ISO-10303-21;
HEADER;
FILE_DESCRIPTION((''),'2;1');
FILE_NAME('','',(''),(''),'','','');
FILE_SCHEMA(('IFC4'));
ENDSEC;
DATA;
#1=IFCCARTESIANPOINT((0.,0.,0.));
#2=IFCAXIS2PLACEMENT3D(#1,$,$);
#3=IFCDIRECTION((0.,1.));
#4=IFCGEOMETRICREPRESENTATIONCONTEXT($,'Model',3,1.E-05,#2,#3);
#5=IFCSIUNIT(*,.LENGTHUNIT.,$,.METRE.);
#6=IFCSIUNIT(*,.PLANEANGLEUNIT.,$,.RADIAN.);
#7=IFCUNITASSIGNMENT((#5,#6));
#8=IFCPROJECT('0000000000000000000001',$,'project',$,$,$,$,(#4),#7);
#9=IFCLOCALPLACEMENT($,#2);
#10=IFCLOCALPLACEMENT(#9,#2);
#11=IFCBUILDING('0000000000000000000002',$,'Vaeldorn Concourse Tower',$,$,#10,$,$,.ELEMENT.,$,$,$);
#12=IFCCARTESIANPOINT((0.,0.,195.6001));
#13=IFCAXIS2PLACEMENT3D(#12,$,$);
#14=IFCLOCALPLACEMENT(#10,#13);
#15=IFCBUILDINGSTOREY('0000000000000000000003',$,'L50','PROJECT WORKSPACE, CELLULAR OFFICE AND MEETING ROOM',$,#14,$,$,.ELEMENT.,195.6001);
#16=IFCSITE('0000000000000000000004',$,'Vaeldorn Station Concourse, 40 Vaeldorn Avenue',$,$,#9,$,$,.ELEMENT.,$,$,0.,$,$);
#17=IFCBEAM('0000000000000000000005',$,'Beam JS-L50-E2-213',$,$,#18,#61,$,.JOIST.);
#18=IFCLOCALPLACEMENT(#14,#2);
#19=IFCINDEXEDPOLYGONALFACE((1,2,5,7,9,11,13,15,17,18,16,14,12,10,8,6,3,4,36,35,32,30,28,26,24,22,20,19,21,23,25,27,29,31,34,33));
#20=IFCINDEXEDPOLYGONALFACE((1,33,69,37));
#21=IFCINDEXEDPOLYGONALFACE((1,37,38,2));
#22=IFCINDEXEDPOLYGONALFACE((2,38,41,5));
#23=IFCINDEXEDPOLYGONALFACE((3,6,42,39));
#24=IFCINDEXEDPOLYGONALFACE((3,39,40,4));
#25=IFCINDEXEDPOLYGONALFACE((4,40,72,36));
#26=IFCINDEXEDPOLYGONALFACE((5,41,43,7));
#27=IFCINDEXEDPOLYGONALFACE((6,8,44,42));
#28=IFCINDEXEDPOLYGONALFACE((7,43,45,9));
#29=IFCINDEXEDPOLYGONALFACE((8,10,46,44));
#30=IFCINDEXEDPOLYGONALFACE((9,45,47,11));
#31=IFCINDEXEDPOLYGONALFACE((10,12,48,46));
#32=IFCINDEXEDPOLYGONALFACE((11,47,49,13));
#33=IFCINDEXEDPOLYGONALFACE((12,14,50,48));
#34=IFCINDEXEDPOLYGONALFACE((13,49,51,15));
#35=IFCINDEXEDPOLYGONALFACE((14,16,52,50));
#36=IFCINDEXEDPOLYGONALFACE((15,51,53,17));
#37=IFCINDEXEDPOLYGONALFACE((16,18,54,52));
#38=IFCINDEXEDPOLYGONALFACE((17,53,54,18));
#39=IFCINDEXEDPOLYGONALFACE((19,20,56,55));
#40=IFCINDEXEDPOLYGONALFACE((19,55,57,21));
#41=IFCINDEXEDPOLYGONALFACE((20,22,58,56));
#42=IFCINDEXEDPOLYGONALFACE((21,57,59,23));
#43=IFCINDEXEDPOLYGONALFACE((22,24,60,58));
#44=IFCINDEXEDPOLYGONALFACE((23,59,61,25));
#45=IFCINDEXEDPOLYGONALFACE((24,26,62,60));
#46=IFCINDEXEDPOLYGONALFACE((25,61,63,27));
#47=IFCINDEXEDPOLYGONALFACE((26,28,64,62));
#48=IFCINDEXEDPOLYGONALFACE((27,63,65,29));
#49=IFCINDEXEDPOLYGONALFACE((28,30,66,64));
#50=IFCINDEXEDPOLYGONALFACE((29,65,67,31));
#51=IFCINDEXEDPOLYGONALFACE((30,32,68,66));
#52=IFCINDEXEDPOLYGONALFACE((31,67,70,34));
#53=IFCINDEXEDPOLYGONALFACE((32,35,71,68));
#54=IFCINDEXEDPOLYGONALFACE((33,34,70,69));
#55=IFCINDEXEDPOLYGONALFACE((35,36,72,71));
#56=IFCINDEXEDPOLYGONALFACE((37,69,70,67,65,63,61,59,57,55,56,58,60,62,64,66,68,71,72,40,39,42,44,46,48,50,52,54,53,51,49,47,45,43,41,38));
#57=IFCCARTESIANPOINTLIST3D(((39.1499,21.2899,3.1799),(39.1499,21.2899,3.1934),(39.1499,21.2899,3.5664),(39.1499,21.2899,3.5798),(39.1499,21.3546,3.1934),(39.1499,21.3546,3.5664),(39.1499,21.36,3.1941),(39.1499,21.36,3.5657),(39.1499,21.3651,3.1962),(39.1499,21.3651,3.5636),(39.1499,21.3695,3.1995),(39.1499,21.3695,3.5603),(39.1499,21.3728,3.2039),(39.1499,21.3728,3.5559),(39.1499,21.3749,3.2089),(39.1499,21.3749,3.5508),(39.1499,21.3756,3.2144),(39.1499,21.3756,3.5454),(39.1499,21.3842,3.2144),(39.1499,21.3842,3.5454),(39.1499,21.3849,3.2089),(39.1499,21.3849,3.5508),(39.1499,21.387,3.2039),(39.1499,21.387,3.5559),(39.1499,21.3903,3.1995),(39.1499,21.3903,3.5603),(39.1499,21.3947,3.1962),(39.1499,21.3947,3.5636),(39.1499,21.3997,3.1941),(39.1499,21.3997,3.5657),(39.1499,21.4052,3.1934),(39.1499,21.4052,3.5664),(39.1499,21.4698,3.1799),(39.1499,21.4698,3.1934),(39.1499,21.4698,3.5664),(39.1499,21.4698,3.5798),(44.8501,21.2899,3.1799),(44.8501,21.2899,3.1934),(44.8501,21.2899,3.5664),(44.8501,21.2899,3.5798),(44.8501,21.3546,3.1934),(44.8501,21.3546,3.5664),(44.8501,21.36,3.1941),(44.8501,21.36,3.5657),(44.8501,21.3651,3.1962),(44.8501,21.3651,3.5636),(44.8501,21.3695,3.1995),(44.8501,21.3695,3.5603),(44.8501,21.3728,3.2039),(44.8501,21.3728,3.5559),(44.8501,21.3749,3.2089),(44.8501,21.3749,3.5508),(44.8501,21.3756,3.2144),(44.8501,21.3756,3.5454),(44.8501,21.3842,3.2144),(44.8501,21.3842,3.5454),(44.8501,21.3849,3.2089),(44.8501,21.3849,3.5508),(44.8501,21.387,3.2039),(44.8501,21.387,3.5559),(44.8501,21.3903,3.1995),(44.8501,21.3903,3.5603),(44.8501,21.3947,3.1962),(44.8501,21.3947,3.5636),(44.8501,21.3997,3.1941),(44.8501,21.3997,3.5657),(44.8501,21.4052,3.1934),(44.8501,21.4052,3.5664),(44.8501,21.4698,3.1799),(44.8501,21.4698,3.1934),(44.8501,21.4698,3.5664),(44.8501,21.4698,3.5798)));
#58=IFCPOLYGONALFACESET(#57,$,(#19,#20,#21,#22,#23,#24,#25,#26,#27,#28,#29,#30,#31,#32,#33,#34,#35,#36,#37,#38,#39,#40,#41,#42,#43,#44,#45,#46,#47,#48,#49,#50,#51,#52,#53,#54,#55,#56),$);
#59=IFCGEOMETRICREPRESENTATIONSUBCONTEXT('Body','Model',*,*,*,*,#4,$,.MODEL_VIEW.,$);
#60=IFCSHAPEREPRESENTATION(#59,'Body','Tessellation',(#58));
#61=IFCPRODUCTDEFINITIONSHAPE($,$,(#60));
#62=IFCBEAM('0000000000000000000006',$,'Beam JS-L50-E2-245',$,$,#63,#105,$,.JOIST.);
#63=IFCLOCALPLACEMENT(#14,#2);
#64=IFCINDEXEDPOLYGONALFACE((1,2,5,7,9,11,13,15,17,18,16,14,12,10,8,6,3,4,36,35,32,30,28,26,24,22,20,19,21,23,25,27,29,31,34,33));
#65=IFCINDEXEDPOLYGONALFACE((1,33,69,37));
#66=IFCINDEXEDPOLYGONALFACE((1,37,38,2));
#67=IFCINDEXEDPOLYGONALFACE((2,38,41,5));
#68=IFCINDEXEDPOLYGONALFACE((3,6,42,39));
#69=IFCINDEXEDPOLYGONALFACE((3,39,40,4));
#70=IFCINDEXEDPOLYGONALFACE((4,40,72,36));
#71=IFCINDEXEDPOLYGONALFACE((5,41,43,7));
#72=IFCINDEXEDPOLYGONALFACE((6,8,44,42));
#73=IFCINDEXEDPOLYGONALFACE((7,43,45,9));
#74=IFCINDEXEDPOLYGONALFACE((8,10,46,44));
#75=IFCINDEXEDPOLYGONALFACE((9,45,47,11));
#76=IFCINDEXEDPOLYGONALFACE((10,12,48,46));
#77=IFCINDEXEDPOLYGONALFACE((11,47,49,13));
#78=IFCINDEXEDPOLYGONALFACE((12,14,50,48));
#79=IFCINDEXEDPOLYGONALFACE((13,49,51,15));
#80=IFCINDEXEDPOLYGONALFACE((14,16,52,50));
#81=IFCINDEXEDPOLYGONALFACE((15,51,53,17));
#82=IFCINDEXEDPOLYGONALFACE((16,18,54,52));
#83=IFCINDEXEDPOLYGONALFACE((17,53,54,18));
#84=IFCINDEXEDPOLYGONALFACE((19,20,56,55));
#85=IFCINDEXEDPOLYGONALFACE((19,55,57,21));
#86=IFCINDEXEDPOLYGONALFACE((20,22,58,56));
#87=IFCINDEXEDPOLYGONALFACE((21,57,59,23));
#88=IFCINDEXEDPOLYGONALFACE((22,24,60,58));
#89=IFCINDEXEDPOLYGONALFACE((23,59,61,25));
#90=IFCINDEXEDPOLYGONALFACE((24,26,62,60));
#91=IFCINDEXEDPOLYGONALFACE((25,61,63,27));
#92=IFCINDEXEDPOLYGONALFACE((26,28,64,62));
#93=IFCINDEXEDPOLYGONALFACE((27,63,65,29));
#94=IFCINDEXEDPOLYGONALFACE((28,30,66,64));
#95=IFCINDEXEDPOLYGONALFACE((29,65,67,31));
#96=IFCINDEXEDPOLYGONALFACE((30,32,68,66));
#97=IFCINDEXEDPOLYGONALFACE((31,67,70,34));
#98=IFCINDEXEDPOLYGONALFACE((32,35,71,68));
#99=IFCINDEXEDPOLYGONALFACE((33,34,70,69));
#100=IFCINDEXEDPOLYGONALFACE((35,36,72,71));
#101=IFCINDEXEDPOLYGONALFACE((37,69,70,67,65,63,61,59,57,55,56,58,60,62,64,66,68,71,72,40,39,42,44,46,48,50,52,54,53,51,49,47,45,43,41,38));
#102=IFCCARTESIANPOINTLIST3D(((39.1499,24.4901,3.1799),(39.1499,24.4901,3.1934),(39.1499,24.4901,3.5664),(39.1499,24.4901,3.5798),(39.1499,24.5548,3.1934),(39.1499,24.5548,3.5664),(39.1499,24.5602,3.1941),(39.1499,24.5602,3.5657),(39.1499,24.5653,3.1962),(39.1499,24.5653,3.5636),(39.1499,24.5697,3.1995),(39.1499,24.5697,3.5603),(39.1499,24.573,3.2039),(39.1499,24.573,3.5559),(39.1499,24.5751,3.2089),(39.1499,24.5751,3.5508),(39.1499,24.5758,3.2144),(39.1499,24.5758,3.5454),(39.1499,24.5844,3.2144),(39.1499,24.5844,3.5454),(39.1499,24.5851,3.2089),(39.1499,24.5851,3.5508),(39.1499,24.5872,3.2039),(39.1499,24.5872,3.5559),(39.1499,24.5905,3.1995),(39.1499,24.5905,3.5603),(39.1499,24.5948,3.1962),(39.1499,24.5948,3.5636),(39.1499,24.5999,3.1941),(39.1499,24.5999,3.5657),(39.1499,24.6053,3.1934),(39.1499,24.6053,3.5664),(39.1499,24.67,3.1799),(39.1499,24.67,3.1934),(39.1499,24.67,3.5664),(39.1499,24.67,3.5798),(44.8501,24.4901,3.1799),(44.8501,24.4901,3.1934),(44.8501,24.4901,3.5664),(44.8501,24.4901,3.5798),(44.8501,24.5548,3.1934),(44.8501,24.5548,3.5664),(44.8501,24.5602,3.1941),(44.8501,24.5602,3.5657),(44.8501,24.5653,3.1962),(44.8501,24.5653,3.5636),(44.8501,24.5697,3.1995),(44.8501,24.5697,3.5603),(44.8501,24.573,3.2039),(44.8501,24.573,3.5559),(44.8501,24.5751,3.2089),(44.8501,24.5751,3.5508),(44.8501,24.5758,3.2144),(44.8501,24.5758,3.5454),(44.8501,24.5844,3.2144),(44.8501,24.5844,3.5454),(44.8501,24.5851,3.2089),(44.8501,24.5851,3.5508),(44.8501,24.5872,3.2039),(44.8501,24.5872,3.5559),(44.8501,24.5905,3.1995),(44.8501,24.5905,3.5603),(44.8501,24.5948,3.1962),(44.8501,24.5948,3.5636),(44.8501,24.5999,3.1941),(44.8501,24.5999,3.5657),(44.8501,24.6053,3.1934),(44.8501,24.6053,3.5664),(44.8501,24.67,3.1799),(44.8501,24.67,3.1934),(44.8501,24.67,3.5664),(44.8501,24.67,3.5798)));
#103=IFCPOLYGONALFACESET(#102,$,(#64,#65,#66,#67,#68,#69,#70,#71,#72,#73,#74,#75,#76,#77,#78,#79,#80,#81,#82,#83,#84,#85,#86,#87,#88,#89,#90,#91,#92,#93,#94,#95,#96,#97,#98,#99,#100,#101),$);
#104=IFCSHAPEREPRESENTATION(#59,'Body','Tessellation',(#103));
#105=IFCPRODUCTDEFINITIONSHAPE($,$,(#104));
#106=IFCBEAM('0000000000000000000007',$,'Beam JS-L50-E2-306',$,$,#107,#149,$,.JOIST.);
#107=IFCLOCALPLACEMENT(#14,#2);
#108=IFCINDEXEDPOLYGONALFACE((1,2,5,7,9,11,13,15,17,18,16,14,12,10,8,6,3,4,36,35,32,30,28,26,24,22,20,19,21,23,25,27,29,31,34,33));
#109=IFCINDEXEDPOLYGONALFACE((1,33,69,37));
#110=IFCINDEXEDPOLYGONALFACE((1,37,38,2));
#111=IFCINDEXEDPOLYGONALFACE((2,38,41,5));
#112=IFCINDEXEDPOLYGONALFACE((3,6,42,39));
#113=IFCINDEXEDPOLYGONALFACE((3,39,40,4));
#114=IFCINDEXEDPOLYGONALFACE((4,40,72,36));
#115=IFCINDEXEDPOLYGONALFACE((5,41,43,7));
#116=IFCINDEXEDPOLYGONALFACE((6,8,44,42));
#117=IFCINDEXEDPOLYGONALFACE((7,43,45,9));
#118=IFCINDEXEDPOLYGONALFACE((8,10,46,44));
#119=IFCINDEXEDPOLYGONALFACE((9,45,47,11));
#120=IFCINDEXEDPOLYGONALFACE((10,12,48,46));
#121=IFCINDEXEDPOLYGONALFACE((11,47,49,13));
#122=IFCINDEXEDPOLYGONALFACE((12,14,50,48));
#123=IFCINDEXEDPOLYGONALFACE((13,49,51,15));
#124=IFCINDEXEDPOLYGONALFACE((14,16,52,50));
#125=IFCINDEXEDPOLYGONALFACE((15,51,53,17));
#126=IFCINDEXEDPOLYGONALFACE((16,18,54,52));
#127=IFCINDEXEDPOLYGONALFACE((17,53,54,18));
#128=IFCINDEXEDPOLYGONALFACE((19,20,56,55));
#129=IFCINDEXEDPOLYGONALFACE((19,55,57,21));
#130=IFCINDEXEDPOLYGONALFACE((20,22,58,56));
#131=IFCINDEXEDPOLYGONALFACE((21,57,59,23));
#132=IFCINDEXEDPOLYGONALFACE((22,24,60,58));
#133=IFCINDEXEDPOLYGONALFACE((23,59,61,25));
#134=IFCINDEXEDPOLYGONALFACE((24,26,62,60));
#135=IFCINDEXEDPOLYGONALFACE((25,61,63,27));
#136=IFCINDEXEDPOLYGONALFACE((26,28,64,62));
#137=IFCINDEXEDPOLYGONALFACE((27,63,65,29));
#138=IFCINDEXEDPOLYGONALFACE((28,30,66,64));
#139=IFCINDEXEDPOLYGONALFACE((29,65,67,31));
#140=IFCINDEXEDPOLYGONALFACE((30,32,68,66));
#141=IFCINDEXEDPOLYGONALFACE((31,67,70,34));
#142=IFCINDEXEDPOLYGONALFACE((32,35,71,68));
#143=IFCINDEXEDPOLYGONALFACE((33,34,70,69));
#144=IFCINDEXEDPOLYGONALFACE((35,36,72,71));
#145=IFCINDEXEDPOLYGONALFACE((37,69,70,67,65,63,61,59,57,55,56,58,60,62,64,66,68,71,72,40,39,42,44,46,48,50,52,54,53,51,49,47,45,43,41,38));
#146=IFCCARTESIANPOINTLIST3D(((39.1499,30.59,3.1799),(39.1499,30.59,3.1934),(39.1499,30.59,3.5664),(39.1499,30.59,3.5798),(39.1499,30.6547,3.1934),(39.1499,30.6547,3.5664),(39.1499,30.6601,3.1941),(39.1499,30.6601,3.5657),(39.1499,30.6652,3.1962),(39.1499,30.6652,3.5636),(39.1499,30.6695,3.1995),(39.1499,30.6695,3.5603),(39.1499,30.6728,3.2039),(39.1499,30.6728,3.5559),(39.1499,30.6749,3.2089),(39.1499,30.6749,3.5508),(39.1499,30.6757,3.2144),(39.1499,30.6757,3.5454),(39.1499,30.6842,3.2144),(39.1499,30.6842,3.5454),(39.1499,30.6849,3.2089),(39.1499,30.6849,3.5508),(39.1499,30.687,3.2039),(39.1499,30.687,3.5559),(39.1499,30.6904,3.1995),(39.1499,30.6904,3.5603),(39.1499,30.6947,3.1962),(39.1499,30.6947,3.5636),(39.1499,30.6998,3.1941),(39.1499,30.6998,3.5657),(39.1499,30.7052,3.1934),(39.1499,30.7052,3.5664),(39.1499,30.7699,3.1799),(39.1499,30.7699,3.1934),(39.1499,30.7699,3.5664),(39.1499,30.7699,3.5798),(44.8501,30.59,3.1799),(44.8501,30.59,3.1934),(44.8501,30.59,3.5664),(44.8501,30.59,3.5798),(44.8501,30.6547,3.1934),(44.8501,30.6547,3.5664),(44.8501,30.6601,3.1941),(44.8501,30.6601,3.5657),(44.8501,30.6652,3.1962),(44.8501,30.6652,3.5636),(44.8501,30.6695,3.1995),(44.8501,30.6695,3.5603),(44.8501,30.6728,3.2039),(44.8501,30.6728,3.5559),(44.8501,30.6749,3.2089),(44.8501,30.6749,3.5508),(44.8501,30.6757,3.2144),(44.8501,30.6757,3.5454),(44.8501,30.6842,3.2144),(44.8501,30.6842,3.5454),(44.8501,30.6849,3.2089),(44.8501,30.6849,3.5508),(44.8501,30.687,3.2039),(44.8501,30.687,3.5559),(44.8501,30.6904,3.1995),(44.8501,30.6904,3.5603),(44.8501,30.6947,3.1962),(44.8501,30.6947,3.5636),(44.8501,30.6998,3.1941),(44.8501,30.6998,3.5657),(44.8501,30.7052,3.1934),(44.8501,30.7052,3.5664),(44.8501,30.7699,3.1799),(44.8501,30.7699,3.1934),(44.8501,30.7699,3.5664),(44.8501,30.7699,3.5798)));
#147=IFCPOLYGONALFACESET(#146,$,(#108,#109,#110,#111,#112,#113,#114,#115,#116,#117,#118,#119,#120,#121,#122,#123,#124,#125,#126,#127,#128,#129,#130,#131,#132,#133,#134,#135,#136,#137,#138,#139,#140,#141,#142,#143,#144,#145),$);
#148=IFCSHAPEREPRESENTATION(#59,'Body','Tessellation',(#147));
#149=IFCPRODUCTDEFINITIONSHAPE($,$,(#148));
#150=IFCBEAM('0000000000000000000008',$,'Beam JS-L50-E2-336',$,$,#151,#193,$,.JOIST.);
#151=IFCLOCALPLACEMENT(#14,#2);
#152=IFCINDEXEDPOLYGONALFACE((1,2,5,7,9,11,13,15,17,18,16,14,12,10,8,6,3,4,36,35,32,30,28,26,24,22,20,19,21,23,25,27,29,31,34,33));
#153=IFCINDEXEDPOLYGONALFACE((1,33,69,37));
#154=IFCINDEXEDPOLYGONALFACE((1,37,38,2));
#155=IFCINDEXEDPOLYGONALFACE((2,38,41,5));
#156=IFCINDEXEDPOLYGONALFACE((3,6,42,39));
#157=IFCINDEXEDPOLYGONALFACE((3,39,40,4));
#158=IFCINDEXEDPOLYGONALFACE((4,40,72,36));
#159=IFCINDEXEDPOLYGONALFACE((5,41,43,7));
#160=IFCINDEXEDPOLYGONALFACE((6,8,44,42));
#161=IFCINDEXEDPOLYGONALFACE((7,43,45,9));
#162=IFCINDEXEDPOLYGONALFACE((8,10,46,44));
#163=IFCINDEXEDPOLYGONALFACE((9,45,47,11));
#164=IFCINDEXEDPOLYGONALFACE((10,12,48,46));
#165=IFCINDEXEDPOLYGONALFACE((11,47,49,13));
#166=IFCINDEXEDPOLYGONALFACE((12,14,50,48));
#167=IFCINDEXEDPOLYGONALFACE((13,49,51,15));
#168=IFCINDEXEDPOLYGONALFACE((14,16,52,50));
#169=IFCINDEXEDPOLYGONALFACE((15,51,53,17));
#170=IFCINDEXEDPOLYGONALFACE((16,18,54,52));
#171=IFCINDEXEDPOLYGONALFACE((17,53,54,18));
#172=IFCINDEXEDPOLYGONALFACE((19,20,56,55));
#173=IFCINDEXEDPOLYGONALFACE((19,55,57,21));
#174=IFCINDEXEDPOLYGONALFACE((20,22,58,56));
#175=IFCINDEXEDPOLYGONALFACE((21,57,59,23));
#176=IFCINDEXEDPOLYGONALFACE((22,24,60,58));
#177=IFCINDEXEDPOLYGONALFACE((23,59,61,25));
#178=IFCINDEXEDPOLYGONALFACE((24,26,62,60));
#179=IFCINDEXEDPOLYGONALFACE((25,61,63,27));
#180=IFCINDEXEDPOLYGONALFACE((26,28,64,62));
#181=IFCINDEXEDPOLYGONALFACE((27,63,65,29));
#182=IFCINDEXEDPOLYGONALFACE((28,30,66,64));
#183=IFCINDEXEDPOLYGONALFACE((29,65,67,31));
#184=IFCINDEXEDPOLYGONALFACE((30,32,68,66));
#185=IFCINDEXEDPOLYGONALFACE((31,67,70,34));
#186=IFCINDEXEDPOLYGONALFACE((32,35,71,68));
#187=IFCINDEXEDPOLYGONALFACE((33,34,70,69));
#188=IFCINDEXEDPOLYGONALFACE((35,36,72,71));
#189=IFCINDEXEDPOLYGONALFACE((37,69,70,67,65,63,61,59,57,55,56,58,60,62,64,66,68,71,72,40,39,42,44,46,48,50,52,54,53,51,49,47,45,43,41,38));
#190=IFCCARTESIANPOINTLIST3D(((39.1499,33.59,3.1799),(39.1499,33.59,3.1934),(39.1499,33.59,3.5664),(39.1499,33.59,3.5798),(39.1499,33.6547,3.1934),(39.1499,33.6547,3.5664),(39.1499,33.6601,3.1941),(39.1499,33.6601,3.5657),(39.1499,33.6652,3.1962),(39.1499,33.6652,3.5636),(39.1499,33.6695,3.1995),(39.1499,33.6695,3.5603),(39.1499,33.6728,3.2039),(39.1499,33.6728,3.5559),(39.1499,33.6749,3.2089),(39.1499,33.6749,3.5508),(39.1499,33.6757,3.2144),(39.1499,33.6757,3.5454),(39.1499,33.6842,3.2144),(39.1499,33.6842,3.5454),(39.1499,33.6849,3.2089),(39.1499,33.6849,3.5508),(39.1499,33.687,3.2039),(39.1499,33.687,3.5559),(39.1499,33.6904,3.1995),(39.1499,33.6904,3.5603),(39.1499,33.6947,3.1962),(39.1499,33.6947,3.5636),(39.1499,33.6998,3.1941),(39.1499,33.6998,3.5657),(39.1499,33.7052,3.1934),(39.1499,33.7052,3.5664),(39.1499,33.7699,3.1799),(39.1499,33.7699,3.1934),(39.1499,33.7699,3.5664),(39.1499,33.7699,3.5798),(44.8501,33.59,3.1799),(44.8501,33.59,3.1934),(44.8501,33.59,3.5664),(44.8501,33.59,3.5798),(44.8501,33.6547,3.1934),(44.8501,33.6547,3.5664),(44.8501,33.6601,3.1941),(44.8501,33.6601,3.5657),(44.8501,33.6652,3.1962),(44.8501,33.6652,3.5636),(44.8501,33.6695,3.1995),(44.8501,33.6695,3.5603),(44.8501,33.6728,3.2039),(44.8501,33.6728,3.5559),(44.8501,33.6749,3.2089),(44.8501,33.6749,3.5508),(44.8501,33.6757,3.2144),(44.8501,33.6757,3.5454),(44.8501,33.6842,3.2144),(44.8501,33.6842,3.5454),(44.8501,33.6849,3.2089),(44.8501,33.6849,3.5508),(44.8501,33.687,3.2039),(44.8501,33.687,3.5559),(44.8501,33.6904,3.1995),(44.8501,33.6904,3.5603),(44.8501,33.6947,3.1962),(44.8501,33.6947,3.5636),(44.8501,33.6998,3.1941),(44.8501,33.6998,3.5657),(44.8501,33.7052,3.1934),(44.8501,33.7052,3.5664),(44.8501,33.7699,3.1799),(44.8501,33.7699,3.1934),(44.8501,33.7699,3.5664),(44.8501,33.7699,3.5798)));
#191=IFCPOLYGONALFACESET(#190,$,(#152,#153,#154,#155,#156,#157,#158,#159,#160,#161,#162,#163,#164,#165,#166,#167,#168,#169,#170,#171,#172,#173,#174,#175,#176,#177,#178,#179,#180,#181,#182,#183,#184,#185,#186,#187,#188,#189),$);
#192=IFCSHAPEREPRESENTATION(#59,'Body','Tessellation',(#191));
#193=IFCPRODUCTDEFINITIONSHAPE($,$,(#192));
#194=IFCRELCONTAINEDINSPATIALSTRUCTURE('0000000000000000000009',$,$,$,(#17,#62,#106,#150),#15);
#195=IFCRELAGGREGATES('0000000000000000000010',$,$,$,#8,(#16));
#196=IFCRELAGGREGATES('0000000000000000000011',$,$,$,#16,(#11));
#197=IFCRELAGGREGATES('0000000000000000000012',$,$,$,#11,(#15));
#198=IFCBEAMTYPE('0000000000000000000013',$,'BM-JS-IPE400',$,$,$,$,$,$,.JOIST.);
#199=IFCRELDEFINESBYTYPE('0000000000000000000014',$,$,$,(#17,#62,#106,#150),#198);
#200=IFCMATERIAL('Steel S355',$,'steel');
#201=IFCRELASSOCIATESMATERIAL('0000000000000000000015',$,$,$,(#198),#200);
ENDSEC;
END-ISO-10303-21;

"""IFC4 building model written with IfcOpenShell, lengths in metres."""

from ifc_helpers import new_model, si_unit, direction, frame, origin, origin_2d, place, context, subcontext, project, spatial, i_section, extrude, source, transform, mapped, material, material_profile, profile_set, type_object, element, save


model = new_model("IFC4")

# Units and contexts
model_context = context("Model", 3, precision=1e-05, world=origin(), true_north=direction((0.0, 1.0)))
body_context = subcontext(model_context, "Body", "Model", "MODEL_VIEW")
ifc_project = project(units=[si_unit("LENGTHUNIT", "METRE"), si_unit("PLANEANGLEUNIT", "RADIAN")], contexts=[model_context])

# Site, building, storey
site_placement = place(None, origin())
site = spatial("IfcSite", under=ifc_project, at=site_placement, Name="Vaeldorn Station Concourse, 40 Vaeldorn Avenue", CompositionType="ELEMENT", RefElevation=0.0)
building_placement = place(site_placement, origin())
building = spatial("IfcBuilding", under=site, at=building_placement, Name="Vaeldorn Concourse Tower", CompositionType="ELEMENT")
storey_placement = place(building_placement, frame((0.0, 0.0, 195.6001)))
storey = spatial("IfcBuildingStorey", under=building, at=storey_placement, Name="L50", Description="PROJECT WORKSPACE, CELLULAR OFFICE AND MEETING ROOM", CompositionType="ELEMENT", Elevation=195.6001)

# Shared definitions
ifc_material_1 = material(Name="Steel S355", Category="steel")

# Beams
ifc_material_profile_1 = material_profile(ifc_material_1, i_section(OverallWidth=0.1799, OverallDepth=0.3999, WebThickness=0.0085, FlangeThickness=0.0134, FilletRadius=0.021, at=origin_2d()), Name="IPE 400")
ifc_profile_set_1 = profile_set([ifc_material_profile_1], Name="Steel S355")
beam_type_1 = type_object("IfcBeamType", Name="BM-JS-IPE400", PredefinedType="JOIST", material=ifc_profile_set_1)
shared_shape_1 = source(origin(), body_context, "Body", "SweptSolid", [
    extrude(i_section(OverallWidth=0.1799, OverallDepth=0.3999, WebThickness=0.0085, FlangeThickness=0.0134, FilletRadius=0.021, at=origin_2d()), origin(), (0.0, 0.0, 1.0), 5.7002),
])
for number, where, z_axis, x_axis, name in (
    (1, (39.1499, 21.3799, 3.3799), (1.0, 0.0, 0.0), (0.0, 1.0, 0.0), "Beam JS-L50-E2-213"),
    (2, (39.1499, 24.5801, 3.3799), (1.0, 0.0, 0.0), (0.0, 1.0, 0.0), "Beam JS-L50-E2-245"),
    (3, (39.1499, 30.6799, 3.3799), (1.0, 0.0, 0.0), (0.0, 1.0, 0.0), "Beam JS-L50-E2-306"),
    (4, (39.1499, 33.6799, 3.3799), (1.0, 0.0, 0.0), (0.0, 1.0, 0.0), "Beam JS-L50-E2-336"),
):
    element("IfcBeam", number, at=place(storey_placement, frame(where, z_axis=z_axis, x_axis=x_axis)), inside=storey, type_object=beam_type_1, Name=name, PredefinedType="JOIST", context=body_context, shape_type="MappedRepresentation", body=[
        mapped(shared_shape_1, transform((0.0, 0.0, 0.0), scale=1.0)),
    ])

save(model, "model.ifc")
